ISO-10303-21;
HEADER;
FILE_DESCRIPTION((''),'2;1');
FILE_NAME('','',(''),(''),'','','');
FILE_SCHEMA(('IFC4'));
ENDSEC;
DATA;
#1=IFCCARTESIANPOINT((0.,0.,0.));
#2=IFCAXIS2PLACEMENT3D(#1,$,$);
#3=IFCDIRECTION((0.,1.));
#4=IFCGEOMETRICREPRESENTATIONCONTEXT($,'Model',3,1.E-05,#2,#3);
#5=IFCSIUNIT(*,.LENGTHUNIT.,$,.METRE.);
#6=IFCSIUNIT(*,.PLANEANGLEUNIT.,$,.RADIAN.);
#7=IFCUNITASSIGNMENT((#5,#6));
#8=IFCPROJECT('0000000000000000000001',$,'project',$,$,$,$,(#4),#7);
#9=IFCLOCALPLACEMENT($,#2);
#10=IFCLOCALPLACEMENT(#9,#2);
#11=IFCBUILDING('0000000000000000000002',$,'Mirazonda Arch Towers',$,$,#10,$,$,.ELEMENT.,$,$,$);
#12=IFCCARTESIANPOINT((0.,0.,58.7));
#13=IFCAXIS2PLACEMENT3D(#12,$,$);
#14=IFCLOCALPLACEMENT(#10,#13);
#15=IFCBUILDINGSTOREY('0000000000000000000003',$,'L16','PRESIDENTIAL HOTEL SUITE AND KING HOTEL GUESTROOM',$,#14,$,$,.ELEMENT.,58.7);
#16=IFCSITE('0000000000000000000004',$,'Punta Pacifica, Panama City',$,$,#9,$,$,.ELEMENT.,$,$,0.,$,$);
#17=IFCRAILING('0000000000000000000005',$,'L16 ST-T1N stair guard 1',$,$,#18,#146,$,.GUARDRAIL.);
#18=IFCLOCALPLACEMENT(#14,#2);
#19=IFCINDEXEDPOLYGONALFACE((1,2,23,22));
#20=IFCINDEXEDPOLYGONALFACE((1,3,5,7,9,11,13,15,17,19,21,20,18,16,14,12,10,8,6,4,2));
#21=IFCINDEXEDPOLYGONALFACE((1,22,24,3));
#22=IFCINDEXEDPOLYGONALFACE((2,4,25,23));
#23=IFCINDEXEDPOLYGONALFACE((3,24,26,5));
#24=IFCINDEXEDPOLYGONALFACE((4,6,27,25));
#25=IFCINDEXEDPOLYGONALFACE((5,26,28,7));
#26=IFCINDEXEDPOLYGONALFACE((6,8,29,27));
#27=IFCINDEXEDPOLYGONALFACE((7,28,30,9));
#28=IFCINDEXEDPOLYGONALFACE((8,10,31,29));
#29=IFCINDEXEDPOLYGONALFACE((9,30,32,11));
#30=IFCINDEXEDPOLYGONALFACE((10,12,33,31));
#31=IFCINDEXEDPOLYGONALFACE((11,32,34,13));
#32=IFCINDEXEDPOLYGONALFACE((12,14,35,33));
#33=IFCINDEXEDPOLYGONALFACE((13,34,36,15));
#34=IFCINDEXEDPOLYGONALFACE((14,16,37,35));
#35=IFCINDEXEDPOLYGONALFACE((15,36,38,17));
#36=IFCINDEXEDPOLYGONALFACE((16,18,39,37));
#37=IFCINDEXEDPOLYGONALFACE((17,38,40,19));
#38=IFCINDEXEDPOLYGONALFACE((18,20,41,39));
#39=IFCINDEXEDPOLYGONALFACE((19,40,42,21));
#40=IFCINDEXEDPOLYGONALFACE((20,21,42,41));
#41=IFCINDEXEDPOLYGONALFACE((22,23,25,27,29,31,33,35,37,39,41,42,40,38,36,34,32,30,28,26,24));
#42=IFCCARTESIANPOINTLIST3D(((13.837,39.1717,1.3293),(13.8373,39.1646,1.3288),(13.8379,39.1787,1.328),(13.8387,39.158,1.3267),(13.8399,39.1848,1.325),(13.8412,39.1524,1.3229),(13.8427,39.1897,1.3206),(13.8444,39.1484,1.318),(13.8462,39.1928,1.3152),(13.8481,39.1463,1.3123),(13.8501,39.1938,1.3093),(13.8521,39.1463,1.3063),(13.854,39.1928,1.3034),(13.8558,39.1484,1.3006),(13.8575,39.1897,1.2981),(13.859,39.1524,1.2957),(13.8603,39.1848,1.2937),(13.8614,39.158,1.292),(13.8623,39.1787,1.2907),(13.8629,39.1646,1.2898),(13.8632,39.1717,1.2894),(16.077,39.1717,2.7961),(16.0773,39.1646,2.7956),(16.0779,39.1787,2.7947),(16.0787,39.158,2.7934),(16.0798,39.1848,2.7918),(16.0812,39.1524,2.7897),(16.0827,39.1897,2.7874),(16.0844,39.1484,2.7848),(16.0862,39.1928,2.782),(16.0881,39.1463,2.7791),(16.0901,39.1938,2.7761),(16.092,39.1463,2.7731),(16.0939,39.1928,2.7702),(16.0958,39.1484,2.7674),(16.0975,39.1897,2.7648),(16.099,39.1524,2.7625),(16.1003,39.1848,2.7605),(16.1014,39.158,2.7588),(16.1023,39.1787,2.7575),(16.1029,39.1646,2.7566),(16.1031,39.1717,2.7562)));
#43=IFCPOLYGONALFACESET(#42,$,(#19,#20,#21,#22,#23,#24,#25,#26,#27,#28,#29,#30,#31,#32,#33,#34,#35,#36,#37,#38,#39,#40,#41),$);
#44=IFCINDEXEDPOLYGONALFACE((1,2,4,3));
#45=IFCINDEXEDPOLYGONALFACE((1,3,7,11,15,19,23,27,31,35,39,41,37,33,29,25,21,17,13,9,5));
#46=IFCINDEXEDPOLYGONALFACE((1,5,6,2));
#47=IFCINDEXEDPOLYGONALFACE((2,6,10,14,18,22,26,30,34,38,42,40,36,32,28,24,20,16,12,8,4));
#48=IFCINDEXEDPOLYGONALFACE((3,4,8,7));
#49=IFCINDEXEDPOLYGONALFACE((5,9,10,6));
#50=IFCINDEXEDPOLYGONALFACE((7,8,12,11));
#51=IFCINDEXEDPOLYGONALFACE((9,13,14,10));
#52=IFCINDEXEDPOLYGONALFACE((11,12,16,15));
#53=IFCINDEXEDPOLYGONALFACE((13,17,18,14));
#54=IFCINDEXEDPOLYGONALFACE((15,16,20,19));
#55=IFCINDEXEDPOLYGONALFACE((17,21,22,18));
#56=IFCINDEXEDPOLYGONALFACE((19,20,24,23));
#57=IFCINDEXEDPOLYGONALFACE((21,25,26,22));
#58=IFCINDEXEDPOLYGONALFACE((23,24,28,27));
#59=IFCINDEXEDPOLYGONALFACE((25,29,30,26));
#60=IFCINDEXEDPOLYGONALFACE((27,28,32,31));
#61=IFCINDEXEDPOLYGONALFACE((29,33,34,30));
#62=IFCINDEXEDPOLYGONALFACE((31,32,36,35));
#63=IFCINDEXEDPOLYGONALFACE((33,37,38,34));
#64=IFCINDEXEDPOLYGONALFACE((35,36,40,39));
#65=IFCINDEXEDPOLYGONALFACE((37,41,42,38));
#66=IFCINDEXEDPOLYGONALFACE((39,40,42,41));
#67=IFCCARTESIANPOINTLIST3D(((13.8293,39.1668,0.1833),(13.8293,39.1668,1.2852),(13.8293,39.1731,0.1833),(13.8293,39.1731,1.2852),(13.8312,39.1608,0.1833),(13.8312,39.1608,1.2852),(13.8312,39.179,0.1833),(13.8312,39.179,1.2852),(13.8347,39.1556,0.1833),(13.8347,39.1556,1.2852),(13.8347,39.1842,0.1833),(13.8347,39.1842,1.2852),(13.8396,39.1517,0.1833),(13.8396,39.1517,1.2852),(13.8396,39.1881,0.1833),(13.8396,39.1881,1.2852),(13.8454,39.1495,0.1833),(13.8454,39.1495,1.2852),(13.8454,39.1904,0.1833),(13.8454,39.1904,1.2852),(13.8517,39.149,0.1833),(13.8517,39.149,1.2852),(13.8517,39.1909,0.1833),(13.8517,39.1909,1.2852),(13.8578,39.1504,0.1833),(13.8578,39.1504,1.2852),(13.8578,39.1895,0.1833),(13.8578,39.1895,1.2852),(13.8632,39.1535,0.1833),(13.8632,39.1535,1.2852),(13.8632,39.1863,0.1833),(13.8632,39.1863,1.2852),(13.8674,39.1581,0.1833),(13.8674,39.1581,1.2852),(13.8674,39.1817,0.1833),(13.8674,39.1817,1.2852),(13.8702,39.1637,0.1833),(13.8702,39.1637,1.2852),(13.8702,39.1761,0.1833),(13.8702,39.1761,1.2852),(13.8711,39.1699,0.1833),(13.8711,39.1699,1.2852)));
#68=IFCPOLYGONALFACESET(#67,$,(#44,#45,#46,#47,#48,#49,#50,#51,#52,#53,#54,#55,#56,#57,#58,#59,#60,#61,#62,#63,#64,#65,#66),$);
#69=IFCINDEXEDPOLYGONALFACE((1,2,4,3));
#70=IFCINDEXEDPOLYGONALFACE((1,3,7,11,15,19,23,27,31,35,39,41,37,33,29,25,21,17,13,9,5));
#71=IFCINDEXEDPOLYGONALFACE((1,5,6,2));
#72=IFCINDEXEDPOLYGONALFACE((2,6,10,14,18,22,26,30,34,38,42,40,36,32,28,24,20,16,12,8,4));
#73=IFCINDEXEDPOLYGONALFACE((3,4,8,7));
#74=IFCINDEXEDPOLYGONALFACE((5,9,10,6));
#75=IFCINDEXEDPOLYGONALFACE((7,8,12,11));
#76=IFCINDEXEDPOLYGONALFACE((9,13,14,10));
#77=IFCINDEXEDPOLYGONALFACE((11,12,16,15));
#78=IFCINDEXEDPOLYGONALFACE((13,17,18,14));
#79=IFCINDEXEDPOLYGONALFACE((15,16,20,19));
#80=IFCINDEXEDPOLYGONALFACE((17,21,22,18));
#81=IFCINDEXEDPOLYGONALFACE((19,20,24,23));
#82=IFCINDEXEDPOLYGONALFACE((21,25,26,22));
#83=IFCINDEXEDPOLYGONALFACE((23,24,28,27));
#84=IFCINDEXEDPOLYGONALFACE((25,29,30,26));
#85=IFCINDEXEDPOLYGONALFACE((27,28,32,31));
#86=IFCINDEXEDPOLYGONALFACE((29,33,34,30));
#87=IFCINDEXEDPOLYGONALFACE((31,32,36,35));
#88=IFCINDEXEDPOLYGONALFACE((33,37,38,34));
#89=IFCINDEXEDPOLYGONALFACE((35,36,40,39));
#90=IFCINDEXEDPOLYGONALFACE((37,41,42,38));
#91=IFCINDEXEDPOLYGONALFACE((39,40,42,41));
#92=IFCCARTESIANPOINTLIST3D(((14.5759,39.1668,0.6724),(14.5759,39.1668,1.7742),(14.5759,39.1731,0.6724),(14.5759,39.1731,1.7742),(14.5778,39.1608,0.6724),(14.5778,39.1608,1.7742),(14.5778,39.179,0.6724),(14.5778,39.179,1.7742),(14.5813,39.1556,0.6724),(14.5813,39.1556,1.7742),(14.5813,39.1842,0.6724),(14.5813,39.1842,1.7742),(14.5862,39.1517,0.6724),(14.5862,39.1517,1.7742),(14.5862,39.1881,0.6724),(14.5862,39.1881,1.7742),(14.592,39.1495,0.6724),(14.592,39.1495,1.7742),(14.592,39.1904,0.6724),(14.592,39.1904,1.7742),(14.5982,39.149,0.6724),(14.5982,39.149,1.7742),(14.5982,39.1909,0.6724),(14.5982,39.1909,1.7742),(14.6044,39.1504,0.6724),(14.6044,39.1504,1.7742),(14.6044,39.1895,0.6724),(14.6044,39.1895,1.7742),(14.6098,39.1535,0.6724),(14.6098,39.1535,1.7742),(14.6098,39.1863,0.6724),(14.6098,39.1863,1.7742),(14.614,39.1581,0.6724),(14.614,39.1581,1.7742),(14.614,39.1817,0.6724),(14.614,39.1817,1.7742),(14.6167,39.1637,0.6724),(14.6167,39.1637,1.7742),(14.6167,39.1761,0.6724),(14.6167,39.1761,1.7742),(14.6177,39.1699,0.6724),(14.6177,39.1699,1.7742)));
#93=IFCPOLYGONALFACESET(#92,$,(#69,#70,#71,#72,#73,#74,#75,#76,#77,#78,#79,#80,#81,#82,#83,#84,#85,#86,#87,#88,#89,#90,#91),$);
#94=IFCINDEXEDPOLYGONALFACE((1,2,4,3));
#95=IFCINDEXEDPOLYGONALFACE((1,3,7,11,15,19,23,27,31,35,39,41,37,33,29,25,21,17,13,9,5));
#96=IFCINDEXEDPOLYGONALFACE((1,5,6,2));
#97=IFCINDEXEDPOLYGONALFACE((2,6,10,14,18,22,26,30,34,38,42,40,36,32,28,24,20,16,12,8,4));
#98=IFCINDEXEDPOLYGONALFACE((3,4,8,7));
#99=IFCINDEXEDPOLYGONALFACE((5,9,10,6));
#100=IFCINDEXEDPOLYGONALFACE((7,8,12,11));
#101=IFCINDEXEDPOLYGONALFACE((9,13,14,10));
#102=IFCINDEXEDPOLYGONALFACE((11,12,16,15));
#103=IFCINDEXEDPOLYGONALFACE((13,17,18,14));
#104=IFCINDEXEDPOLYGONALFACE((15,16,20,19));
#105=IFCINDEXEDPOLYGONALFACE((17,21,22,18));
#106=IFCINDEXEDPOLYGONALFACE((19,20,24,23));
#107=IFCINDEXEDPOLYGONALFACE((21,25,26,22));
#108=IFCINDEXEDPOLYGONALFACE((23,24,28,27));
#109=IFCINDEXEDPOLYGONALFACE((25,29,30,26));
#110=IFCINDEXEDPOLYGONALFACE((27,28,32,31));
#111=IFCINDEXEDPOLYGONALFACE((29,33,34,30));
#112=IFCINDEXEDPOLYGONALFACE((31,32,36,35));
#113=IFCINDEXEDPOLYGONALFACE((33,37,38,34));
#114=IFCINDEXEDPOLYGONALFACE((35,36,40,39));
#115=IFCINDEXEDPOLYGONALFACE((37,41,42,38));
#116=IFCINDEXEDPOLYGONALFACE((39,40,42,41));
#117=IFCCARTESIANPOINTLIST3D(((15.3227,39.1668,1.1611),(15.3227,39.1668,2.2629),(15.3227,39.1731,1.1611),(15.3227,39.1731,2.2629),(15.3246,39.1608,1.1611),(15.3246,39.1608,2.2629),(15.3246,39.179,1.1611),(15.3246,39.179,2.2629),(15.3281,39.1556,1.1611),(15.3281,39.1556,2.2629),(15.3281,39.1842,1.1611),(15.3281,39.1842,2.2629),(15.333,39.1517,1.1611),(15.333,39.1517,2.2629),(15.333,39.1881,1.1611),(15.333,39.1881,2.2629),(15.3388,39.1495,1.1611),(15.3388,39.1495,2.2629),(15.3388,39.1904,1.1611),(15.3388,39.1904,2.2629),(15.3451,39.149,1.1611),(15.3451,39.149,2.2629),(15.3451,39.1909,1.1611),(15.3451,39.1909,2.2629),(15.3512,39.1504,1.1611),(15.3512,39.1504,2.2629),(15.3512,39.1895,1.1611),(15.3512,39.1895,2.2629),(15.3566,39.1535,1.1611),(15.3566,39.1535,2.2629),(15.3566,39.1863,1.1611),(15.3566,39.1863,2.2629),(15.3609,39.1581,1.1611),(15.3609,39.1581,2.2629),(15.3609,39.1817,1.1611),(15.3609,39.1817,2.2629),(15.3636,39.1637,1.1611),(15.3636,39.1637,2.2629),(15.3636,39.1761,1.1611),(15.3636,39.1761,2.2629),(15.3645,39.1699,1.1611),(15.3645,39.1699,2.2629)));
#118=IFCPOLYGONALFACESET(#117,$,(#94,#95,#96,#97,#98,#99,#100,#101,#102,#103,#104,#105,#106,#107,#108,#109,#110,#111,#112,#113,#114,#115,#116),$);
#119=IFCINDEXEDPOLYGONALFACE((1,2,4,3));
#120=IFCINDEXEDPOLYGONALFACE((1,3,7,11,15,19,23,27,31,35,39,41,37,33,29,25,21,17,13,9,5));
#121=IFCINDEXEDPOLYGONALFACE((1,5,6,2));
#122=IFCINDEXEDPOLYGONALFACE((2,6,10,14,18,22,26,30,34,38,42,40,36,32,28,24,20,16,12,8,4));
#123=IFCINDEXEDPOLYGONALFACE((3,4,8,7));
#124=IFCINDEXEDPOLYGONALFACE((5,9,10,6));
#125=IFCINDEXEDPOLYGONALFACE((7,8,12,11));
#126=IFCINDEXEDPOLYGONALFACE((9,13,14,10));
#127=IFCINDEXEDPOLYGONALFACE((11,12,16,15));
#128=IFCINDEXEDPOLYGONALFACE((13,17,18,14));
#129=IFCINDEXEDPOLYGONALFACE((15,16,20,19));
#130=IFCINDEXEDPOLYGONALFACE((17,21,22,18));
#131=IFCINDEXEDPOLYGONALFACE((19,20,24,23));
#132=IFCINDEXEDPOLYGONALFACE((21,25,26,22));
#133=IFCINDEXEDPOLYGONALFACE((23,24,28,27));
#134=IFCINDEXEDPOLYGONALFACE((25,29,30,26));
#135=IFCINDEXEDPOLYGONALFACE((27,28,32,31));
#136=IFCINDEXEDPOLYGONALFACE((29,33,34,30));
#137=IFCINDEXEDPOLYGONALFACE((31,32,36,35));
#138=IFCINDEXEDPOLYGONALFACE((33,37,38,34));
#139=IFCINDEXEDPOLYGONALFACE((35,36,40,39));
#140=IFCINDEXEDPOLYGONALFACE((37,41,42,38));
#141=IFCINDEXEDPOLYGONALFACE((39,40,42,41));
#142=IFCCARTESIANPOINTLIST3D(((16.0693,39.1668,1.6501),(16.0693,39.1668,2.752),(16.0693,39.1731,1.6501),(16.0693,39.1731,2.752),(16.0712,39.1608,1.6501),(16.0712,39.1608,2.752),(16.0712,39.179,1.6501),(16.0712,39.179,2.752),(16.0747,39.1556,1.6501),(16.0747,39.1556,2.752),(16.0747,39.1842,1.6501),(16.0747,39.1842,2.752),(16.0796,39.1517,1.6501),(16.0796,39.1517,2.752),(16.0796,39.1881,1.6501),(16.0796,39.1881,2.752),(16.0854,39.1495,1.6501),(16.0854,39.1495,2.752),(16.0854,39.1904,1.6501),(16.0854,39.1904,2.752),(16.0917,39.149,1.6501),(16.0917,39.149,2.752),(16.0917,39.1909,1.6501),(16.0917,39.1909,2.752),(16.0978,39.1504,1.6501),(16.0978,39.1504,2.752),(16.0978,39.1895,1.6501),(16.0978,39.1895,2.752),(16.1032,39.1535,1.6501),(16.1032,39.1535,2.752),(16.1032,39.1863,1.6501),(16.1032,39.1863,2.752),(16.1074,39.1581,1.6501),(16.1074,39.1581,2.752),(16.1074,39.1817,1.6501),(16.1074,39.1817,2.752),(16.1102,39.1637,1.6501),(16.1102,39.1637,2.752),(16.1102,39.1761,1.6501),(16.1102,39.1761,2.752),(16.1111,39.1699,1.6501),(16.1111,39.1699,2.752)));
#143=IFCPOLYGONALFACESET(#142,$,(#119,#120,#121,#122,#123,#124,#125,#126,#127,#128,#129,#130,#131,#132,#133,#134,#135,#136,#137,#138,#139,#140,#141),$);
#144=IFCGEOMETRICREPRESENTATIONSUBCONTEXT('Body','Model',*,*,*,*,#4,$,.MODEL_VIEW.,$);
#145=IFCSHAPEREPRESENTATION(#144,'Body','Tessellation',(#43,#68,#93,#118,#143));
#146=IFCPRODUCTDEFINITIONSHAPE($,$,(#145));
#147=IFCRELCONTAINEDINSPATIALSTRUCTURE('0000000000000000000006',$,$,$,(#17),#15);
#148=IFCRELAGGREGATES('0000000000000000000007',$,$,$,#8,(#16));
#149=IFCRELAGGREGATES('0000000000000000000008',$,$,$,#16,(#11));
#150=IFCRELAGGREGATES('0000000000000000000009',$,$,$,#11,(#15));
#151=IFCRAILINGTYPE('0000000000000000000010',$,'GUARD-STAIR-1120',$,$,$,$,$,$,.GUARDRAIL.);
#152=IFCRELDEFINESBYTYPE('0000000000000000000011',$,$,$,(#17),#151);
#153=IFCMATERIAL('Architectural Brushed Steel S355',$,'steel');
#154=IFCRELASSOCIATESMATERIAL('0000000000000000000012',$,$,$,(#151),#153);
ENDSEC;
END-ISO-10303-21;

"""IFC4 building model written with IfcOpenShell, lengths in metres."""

from ifc_helpers import new_model, si_unit, direction, frame, origin, origin_2d, place, context, subcontext, project, spatial, circle, extrude, material, type_object, element, save


model = new_model("IFC4")

# Units and contexts
model_context = context("Model", 3, precision=1e-05, world=origin(), true_north=direction((0.0, 1.0)))
body_context = subcontext(model_context, "Body", "Model", "MODEL_VIEW")
ifc_project = project(units=[si_unit("LENGTHUNIT", "METRE"), si_unit("PLANEANGLEUNIT", "RADIAN")], contexts=[model_context])

# Site, building, storey
site_placement = place(None, origin())
site = spatial("IfcSite", under=ifc_project, at=site_placement, Name="Punta Pacifica, Panama City", CompositionType="ELEMENT", RefElevation=0.0)
building_placement = place(site_placement, origin())
building = spatial("IfcBuilding", under=site, at=building_placement, Name="Mirazonda Arch Towers", CompositionType="ELEMENT")
storey_placement = place(building_placement, frame((0.0, 0.0, 58.7)))
storey = spatial("IfcBuildingStorey", under=building, at=storey_placement, Name="L16", Description="PRESIDENTIAL HOTEL SUITE AND KING HOTEL GUESTROOM", CompositionType="ELEMENT", Elevation=58.7)

# Shared definitions
ifc_material_1 = material(Name="Architectural Brushed Steel S355", Category="steel")

# Railing
railing_type_1 = type_object("IfcRailingType", Name="GUARD-STAIR-1120", PredefinedType="GUARDRAIL", material=ifc_material_1)
railing_1_placement = place(storey_placement, frame((13.8501, 39.1699, 0.1833)))
element("IfcRailing", 1, at=railing_1_placement, inside=storey, type_object=railing_type_1, Name="L16 ST-T1N stair guard 1", PredefinedType="GUARDRAIL", context=body_context, shape_type="SweptSolid", body=[
    extrude(circle(Radius=0.0239, at=origin_2d()), frame((0.0, 0.0, 1.126), z_axis=(0.836595, 0.0, 0.547822), x_axis=(0.0, 1.0, 0.0)), (0.0, 0.0, 1.0), 2.6775),
    extrude(circle(Radius=0.021, at=origin_2d()), origin(), (0.0, 0.0, 1.0), 1.1018),
    extrude(circle(Radius=0.021, at=origin_2d()), frame((0.7466, 0.0, 0.489)), (0.0, 0.0, 1.0), 1.1018),
    extrude(circle(Radius=0.021, at=origin_2d()), frame((1.4934, 0.0, 0.9778)), (0.0, 0.0, 1.0), 1.1018),
    extrude(circle(Radius=0.021, at=origin_2d()), frame((2.24, 0.0, 1.4668)), (0.0, 0.0, 1.0), 1.1018),
])

save(model, "model.ifc")
